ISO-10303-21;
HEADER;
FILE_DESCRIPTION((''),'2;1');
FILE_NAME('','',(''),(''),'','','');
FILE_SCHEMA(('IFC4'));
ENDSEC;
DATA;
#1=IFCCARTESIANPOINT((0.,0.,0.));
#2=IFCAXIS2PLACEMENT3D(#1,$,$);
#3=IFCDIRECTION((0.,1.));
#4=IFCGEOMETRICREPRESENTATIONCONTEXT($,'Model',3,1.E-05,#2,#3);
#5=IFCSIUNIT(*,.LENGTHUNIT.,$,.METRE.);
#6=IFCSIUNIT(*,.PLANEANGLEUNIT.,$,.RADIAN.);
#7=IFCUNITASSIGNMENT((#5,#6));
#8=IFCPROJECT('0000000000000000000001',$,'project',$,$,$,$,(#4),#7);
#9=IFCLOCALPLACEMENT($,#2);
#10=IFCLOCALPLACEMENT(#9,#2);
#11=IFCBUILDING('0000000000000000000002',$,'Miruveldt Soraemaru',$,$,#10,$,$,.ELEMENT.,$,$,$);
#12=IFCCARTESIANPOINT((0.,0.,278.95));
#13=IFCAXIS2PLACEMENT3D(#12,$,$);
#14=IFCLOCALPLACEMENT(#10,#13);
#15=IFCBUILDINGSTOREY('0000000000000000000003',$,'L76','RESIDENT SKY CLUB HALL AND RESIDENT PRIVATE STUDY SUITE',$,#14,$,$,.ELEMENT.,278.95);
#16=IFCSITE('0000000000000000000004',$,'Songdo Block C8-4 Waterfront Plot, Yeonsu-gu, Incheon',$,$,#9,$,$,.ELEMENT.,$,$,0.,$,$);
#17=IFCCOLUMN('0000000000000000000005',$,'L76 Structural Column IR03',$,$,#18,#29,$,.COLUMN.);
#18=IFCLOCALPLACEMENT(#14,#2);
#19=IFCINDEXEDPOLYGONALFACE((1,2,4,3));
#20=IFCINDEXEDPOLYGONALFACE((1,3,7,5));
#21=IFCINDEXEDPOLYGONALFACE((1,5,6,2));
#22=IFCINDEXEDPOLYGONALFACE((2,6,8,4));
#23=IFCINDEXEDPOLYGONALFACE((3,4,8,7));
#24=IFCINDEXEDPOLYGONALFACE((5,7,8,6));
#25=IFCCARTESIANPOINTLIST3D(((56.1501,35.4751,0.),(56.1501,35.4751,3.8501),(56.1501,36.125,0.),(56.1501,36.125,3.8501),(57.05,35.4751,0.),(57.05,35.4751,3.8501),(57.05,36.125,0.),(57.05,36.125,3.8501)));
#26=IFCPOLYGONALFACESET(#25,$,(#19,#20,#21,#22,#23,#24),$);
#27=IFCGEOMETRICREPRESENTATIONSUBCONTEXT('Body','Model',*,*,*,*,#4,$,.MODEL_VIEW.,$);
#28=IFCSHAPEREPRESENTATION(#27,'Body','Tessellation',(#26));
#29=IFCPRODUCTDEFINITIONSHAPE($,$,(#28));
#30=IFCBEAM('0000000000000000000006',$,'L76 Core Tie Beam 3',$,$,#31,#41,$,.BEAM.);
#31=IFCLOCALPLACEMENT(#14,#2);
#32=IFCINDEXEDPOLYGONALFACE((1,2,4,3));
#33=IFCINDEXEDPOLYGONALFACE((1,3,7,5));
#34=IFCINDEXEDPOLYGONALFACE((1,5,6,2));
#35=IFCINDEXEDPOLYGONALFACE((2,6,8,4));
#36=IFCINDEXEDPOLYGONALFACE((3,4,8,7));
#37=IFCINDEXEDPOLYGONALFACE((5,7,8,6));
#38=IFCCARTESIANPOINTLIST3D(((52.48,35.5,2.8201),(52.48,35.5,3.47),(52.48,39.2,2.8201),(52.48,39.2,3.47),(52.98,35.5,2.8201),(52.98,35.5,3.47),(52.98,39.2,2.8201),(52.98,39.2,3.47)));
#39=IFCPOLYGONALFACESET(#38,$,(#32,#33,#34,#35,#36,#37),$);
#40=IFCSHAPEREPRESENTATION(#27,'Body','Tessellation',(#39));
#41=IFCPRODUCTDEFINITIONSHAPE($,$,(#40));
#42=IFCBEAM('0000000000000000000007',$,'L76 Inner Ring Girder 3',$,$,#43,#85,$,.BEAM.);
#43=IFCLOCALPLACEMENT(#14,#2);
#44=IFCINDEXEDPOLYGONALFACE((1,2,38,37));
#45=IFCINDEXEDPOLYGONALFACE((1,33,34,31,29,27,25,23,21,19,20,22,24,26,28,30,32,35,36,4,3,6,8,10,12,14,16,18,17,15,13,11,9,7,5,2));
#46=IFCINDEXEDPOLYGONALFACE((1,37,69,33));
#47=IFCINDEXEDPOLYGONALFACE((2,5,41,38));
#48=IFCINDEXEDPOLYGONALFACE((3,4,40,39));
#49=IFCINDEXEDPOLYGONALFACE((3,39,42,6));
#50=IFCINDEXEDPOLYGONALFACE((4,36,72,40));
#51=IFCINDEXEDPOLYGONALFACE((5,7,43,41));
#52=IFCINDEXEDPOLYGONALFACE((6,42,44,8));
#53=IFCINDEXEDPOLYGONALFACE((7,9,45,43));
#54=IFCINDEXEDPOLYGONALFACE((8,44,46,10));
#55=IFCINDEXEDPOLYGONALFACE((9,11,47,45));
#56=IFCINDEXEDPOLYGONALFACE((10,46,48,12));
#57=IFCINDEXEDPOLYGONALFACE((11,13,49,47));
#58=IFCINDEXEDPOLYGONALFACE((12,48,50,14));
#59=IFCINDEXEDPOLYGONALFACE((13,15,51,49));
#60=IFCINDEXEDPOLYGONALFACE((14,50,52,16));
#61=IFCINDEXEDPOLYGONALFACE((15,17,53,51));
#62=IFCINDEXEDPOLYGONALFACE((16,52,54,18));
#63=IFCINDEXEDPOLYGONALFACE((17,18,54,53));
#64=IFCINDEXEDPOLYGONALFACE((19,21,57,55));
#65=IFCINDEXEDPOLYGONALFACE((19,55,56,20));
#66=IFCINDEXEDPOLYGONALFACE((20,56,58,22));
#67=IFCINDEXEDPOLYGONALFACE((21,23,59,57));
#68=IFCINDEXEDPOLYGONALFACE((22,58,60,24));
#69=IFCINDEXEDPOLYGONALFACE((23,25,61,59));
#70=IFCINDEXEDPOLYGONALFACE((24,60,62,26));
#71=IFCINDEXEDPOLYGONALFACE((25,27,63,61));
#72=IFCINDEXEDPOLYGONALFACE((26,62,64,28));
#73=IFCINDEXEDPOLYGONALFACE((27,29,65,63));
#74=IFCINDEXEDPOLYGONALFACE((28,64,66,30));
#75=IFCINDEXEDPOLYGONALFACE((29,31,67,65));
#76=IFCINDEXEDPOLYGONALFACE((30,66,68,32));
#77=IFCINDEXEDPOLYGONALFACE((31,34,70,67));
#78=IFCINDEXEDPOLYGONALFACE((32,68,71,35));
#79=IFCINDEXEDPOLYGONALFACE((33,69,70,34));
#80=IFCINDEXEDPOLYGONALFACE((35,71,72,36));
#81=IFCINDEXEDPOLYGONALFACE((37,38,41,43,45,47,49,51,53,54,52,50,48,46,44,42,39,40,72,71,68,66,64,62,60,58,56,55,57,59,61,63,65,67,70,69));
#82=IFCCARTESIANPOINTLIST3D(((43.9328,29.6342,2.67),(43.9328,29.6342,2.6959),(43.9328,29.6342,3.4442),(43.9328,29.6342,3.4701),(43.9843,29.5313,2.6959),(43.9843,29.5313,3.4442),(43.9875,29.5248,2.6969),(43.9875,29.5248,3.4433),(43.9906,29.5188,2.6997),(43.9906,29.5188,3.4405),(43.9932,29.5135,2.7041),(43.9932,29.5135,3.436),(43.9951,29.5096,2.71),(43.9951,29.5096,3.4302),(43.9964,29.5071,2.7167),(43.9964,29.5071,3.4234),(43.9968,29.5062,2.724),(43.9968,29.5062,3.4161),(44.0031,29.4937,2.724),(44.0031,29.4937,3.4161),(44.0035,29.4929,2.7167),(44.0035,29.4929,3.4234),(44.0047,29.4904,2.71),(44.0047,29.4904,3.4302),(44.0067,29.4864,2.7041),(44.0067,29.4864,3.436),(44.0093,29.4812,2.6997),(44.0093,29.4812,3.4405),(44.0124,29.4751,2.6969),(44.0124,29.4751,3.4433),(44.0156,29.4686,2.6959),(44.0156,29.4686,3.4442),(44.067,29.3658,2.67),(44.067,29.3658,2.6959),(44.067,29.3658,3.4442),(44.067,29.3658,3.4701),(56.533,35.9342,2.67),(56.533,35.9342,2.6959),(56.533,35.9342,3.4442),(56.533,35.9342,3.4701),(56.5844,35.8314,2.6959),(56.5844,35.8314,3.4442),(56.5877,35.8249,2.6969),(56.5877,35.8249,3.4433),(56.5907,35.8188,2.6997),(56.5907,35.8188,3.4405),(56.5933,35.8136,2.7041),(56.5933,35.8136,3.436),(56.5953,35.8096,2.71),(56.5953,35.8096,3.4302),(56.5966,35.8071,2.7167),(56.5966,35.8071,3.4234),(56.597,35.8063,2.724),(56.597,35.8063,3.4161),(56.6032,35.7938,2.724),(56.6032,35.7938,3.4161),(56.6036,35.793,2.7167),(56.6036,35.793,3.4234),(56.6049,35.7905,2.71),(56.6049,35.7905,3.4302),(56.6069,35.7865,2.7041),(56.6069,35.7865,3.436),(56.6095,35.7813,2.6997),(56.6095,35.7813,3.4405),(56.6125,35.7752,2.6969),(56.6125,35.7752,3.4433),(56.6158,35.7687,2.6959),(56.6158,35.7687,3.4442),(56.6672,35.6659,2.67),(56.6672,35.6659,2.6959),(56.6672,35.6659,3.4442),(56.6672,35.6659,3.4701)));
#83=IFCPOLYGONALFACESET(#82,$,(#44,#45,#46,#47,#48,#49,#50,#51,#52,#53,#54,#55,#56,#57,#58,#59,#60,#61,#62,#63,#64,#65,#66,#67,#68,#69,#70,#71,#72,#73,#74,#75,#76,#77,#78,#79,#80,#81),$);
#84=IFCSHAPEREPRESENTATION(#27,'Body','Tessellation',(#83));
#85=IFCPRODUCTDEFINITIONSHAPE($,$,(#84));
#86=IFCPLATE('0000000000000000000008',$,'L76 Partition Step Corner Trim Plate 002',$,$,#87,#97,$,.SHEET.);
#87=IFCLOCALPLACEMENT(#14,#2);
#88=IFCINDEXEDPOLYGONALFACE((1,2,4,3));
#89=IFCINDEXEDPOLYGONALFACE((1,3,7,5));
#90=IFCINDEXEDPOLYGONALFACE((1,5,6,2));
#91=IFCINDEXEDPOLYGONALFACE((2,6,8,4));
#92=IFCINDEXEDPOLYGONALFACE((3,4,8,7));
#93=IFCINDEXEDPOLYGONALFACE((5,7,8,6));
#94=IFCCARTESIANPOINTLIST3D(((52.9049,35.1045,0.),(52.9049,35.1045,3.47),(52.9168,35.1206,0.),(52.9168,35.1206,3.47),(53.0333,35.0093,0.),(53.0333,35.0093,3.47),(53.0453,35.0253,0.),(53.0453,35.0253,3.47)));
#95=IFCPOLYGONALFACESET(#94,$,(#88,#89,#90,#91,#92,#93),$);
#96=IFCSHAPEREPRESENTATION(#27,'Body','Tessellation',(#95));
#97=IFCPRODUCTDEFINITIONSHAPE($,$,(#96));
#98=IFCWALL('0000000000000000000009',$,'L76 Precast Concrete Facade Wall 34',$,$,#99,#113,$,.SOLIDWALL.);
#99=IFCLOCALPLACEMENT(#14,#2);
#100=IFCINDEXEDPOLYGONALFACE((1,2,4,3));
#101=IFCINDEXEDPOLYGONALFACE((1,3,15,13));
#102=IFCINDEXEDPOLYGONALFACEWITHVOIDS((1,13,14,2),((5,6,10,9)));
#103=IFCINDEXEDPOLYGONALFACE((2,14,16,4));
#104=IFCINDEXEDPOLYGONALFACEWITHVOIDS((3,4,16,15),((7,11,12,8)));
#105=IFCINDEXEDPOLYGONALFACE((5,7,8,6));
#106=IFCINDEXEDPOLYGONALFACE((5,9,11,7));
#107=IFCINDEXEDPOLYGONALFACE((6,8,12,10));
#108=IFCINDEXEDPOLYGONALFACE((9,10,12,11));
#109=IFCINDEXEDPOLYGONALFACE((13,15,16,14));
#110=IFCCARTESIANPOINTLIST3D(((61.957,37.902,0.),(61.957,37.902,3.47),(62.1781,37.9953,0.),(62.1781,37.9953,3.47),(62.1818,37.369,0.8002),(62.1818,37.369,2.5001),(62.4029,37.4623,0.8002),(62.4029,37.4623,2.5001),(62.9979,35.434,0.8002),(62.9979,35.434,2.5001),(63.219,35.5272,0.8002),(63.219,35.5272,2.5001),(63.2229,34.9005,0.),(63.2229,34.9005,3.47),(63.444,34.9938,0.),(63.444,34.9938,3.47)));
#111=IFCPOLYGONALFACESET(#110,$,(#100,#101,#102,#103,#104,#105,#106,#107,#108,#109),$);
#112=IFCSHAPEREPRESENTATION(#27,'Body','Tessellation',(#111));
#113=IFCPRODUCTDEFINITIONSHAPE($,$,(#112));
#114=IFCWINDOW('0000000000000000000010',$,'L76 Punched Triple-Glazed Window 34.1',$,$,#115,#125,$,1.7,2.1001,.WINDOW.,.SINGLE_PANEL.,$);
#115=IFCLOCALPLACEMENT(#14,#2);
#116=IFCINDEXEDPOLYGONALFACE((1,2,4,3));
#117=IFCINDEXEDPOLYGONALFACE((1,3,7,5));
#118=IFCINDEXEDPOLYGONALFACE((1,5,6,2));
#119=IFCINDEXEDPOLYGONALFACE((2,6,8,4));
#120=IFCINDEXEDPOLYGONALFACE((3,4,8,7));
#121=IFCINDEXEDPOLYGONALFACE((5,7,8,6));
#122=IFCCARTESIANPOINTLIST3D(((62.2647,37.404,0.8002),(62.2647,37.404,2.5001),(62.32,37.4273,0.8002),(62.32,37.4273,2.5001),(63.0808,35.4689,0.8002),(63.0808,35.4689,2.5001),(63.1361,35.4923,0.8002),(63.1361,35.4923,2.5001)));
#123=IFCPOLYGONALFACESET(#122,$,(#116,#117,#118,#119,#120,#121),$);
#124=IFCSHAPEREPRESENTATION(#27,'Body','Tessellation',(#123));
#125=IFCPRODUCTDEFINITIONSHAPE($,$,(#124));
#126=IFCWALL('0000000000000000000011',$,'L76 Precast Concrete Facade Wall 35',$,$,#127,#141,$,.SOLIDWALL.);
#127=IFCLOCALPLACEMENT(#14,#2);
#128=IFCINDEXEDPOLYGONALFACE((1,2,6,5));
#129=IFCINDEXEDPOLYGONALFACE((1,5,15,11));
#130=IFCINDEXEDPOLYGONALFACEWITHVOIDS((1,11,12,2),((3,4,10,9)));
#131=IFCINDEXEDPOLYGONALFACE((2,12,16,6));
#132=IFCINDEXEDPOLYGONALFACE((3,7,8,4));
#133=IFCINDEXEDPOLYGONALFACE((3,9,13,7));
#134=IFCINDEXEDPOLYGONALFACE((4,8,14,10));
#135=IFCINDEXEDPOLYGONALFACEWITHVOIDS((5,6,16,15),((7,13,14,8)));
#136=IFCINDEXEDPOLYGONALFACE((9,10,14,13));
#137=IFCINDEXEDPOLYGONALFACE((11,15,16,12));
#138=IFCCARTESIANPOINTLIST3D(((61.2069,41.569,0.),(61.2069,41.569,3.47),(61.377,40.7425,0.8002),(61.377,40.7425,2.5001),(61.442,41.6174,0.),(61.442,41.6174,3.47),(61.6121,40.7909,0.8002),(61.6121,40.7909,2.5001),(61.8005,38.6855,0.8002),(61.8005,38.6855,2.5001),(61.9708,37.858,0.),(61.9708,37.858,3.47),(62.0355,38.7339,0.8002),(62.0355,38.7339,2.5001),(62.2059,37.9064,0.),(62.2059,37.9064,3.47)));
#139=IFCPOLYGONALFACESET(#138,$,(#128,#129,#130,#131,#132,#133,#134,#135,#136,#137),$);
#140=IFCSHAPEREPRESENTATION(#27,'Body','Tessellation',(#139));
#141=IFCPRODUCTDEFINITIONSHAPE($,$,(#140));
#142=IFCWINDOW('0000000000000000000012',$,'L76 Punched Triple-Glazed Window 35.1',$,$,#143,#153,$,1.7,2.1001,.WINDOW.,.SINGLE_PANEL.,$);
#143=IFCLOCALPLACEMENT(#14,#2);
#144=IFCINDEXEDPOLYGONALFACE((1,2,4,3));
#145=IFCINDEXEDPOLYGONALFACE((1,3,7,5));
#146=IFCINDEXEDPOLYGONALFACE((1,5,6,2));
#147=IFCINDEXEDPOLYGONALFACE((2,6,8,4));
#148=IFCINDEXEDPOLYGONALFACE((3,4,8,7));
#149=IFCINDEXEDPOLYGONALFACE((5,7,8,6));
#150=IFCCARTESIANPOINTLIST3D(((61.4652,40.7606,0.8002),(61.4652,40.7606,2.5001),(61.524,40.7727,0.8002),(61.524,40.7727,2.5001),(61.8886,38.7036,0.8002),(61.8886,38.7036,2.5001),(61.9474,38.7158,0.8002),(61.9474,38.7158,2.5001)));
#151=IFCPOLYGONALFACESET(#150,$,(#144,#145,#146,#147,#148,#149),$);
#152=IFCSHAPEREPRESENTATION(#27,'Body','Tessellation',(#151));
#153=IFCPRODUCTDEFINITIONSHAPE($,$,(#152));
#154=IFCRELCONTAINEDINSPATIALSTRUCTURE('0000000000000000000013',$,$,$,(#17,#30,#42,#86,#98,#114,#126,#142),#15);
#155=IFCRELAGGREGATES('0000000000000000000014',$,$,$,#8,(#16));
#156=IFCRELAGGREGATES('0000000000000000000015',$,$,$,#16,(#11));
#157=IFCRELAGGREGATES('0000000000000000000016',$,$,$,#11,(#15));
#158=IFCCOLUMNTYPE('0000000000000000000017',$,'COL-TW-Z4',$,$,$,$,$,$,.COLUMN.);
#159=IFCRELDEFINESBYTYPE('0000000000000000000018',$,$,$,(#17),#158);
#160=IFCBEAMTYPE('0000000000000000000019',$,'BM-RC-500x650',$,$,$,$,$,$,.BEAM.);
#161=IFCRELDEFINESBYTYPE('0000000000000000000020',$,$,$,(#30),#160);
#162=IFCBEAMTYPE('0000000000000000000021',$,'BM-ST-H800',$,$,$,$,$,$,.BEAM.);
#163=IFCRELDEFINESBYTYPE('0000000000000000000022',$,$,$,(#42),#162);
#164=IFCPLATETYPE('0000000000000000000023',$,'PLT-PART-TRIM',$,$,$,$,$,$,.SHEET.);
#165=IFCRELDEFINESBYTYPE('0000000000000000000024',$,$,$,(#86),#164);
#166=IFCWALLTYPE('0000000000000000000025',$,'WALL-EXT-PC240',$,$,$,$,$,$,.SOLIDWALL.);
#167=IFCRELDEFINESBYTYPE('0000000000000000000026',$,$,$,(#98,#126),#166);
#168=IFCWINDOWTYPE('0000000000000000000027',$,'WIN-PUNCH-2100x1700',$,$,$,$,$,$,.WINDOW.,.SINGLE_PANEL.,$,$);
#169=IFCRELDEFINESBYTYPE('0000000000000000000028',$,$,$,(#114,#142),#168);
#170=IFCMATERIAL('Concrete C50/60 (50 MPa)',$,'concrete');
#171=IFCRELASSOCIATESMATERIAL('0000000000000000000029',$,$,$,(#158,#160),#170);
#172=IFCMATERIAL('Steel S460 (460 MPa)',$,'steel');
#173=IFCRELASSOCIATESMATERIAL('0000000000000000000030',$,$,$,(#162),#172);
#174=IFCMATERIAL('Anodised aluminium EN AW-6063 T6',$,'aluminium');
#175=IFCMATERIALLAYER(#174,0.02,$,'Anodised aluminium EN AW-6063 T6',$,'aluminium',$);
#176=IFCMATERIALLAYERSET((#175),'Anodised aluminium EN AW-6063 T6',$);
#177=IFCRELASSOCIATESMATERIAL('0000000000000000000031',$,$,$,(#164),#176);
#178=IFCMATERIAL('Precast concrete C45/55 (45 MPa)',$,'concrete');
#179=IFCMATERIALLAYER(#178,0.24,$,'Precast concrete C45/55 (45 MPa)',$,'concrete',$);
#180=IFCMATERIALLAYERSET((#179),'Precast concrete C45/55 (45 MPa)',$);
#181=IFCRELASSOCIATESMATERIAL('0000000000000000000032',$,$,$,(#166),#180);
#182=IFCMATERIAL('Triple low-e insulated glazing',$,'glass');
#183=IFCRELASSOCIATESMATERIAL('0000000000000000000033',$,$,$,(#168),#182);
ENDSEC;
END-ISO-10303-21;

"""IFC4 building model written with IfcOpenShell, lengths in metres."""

from ifc_helpers import new_model, si_unit, direction, frame, frame_2d, origin, origin_2d, place, context, subcontext, project, spatial, rectangle, i_section, extrude, material, layer, layer_set, material_profile, profile_set, type_object, element, fill, save


model = new_model("IFC4")

# Units and contexts
model_context = context("Model", 3, precision=1e-05, world=origin(), true_north=direction((0.0, 1.0)))
body_context = subcontext(model_context, "Body", "Model", "MODEL_VIEW")
ifc_project = project(units=[si_unit("LENGTHUNIT", "METRE"), si_unit("PLANEANGLEUNIT", "RADIAN")], contexts=[model_context])

# Site, building, storey
site_placement = place(None, origin())
site = spatial("IfcSite", under=ifc_project, at=site_placement, Name="Songdo Block C8-4 Waterfront Plot, Yeonsu-gu, Incheon", CompositionType="ELEMENT", RefElevation=0.0)
building_placement = place(site_placement, origin())
building = spatial("IfcBuilding", under=site, at=building_placement, Name="Miruveldt Soraemaru", CompositionType="ELEMENT")
storey_placement = place(building_placement, frame((0.0, 0.0, 278.95)))
storey = spatial("IfcBuildingStorey", under=building, at=storey_placement, Name="L76", Description="RESIDENT SKY CLUB HALL AND RESIDENT PRIVATE STUDY SUITE", CompositionType="ELEMENT", Elevation=278.95)

# Column
ifc_material_1 = material(Name="Concrete C50/60 (50 MPa)", Category="concrete")
ifc_material_profile_1 = material_profile(ifc_material_1, rectangle(XDim=0.8999, YDim=0.6499, at=origin_2d()), Name="Concrete C50/60 (50 MPa)", Category="concrete")
ifc_profile_set_1 = profile_set([ifc_material_profile_1], Name="Concrete C50/60 (50 MPa)")
column_type = type_object("IfcColumnType", Name="COL-TW-Z4", PredefinedType="COLUMN", material=ifc_profile_set_1)
column_placement = place(storey_placement, frame((56.6001, 35.8, 0.0), z_axis=(0.0, 0.0, 1.0), x_axis=(1.0, 0.0, 0.0)))
element("IfcColumn", 1, at=column_placement, inside=storey, type_object=column_type, Name="L76 Structural Column IR03", PredefinedType="COLUMN", context=body_context, shape_type="SweptSolid", body=[
    extrude(rectangle(XDim=0.8999, YDim=0.6499, at=origin_2d()), origin(), (0.0, 0.0, 1.0), 3.8501),
])

# Beams
ifc_material_profile_2 = material_profile(ifc_material_1, rectangle(XDim=0.5, YDim=0.6499, at=origin_2d()), Name="Concrete C50/60 (50 MPa)", Category="concrete")
ifc_profile_set_2 = profile_set([ifc_material_profile_2], Name="Concrete C50/60 (50 MPa)")
beam_type_1 = type_object("IfcBeamType", Name="BM-RC-500x650", PredefinedType="BEAM", material=ifc_profile_set_2)
beam_1_placement = place(storey_placement, frame((52.73, 35.5, 3.145), z_axis=(0.0, 1.0, 0.0), x_axis=(-1.0, 0.0, 0.0)))
element("IfcBeam", 2, at=beam_1_placement, inside=storey, type_object=beam_type_1, Name="L76 Core Tie Beam 3", PredefinedType="BEAM", context=body_context, shape_type="SweptSolid", body=[
    extrude(rectangle(XDim=0.5, YDim=0.6499, at=origin_2d()), origin(), (0.0, 0.0, 1.0), 3.7),
])
ifc_material_2 = material(Name="Steel S460 (460 MPa)", Category="steel")
ifc_material_profile_3 = material_profile(ifc_material_2, i_section(OverallWidth=0.3, OverallDepth=0.8, WebThickness=0.0139, FlangeThickness=0.0259, FilletRadius=0.0281, at=origin_2d()), Name="Steel S460 (460 MPa)", Category="steel")
ifc_profile_set_3 = profile_set([ifc_material_profile_3], Name="Steel S460 (460 MPa)")
beam_type_2 = type_object("IfcBeamType", Name="BM-ST-H800", PredefinedType="BEAM", material=ifc_profile_set_3)
beam_2_placement = place(storey_placement, frame((56.6001, 35.8, 3.0701), z_axis=(-0.894427, -0.447214, 0.0), x_axis=(0.447214, -0.894427, 0.0)))
element("IfcBeam", 3, at=beam_2_placement, inside=storey, type_object=beam_type_2, Name="L76 Inner Ring Girder 3", PredefinedType="BEAM", context=body_context, shape_type="SweptSolid", body=[
    extrude(i_section(OverallWidth=0.3, OverallDepth=0.8, WebThickness=0.0139, FlangeThickness=0.0259, FilletRadius=0.0281, at=origin_2d()), origin(), (0.0, 0.0, 1.0), 14.0874),
])

# Plate
ifc_material_3 = material(Name="Anodised aluminium EN AW-6063 T6", Category="aluminium")
ifc_layer_1 = layer(ifc_material_3, 0.02, Name="Anodised aluminium EN AW-6063 T6", Category="aluminium")
ifc_layer_set_1 = layer_set([ifc_layer_1], Name="Anodised aluminium EN AW-6063 T6")
plate_type = type_object("IfcPlateType", Name="PLT-PART-TRIM", PredefinedType="SHEET", material=ifc_layer_set_1)
plate_placement = place(storey_placement, frame((52.9751, 35.0649, 0.0), z_axis=(0.0, 0.0, 1.0), x_axis=(-0.80313, 0.595804, 0.0)))
element("IfcPlate", 4, at=plate_placement, inside=storey, type_object=plate_type, Name="L76 Partition Step Corner Trim Plate 002", PredefinedType="SHEET", context=body_context, shape_type="SweptSolid", body=[
    extrude(rectangle(XDim=0.1599, YDim=0.02, at=origin_2d()), origin(), (0.0, 0.0, 1.0), 3.47),
])

# Walls, openings, windows
ifc_material_4 = material(Name="Precast concrete C45/55 (45 MPa)", Category="concrete")
ifc_layer_2 = layer(ifc_material_4, 0.24, Name="Precast concrete C45/55 (45 MPa)", Category="concrete")
ifc_layer_set_2 = layer_set([ifc_layer_2], Name="Precast concrete C45/55 (45 MPa)")
wall_type_1 = type_object("IfcWallType", Name="WALL-EXT-PC240", PredefinedType="SOLIDWALL", material=ifc_layer_set_2)
wall_1_placement = place(storey_placement, frame((63.3335, 34.947, 0.0), z_axis=(0.0, 0.0, 1.0), x_axis=(-0.388603, 0.921405, 0.0)))
wall_1 = element("IfcWall", 5, at=wall_1_placement, inside=storey, type_object=wall_type_1, Name="L76 Precast Concrete Facade Wall 34", PredefinedType="SOLIDWALL", context=body_context, shape_type="SweptSolid", body=[
    extrude(rectangle(XDim=3.2576, YDim=0.24, at=frame_2d((1.6289, 0.0))), origin(), (0.0, 0.0, 1.0), 3.47),
])
opening_1_placement = place(wall_1_placement, frame((0.5791, 0.0, 0.8)))
opening_1 = element("IfcOpeningElement", 6, at=opening_1_placement, cuts=wall_1, PredefinedType="OPENING", context=body_context, shape_type="SweptSolid", body=[
    extrude(rectangle(XDim=2.1001, YDim=1.7, at=frame_2d((1.05, 0.8501))), frame((0.0, 0.1299, 0.0), z_axis=(0.0, -1.0, 0.0), x_axis=(1.0, 0.0, 0.0)), (0.0, 0.0, 1.0), 0.26),
])
ifc_material_5 = material(Name="Triple low-e insulated glazing", Category="glass")
window_type = type_object("IfcWindowType", Name="WIN-PUNCH-2100x1700", PartitioningType="SINGLE_PANEL", PredefinedType="WINDOW", material=ifc_material_5)
window_1_placement = place(opening_1_placement, origin())
window_1 = element("IfcWindow", 7, at=window_1_placement, inside=storey, type_object=window_type, Name="L76 Punched Triple-Glazed Window 34.1", OverallHeight=1.7, OverallWidth=2.1001, PartitioningType="SINGLE_PANEL", PredefinedType="WINDOW", context=body_context, shape_type="SweptSolid", body=[
    extrude(rectangle(XDim=2.1001, YDim=1.7, at=frame_2d((1.05, 0.8501))), frame((0.0, 0.03, 0.0), z_axis=(0.0, -1.0, 0.0), x_axis=(1.0, 0.0, 0.0)), (0.0, 0.0, 1.0), 0.0601),
])
fill(opening_1, window_1)
wall_2_placement = place(storey_placement, frame((62.0884, 37.8821, 0.0), z_axis=(0.0, 0.0, 1.0), x_axis=(-0.201627, 0.979462, 0.0)))
wall_2 = element("IfcWall", 8, at=wall_2_placement, inside=storey, type_object=wall_type_1, Name="L76 Precast Concrete Facade Wall 35", PredefinedType="SOLIDWALL", context=body_context, shape_type="SweptSolid", body=[
    extrude(rectangle(XDim=3.7888, YDim=0.24, at=frame_2d((1.8945, 0.0))), origin(), (0.0, 0.0, 1.0), 3.47),
])
opening_2_placement = place(wall_2_placement, frame((0.845, 0.0, 0.8)))
opening_2 = element("IfcOpeningElement", 9, at=opening_2_placement, cuts=wall_2, PredefinedType="OPENING", context=body_context, shape_type="SweptSolid", body=[
    extrude(rectangle(XDim=2.1001, YDim=1.7, at=frame_2d((1.05, 0.8501))), frame((0.0, 0.1299, 0.0), z_axis=(0.0, -1.0, 0.0), x_axis=(1.0, 0.0, 0.0)), (0.0, 0.0, 1.0), 0.26),
])
window_2_placement = place(opening_2_placement, origin())
window_2 = element("IfcWindow", 10, at=window_2_placement, inside=storey, type_object=window_type, Name="L76 Punched Triple-Glazed Window 35.1", OverallHeight=1.7, OverallWidth=2.1001, PartitioningType="SINGLE_PANEL", PredefinedType="WINDOW", context=body_context, shape_type="SweptSolid", body=[
    extrude(rectangle(XDim=2.1001, YDim=1.7, at=frame_2d((1.05, 0.8501))), frame((0.0, 0.03, 0.0), z_axis=(0.0, -1.0, 0.0), x_axis=(1.0, 0.0, 0.0)), (0.0, 0.0, 1.0), 0.0601),
])
fill(opening_2, window_2)

save(model, "model.ifc")
